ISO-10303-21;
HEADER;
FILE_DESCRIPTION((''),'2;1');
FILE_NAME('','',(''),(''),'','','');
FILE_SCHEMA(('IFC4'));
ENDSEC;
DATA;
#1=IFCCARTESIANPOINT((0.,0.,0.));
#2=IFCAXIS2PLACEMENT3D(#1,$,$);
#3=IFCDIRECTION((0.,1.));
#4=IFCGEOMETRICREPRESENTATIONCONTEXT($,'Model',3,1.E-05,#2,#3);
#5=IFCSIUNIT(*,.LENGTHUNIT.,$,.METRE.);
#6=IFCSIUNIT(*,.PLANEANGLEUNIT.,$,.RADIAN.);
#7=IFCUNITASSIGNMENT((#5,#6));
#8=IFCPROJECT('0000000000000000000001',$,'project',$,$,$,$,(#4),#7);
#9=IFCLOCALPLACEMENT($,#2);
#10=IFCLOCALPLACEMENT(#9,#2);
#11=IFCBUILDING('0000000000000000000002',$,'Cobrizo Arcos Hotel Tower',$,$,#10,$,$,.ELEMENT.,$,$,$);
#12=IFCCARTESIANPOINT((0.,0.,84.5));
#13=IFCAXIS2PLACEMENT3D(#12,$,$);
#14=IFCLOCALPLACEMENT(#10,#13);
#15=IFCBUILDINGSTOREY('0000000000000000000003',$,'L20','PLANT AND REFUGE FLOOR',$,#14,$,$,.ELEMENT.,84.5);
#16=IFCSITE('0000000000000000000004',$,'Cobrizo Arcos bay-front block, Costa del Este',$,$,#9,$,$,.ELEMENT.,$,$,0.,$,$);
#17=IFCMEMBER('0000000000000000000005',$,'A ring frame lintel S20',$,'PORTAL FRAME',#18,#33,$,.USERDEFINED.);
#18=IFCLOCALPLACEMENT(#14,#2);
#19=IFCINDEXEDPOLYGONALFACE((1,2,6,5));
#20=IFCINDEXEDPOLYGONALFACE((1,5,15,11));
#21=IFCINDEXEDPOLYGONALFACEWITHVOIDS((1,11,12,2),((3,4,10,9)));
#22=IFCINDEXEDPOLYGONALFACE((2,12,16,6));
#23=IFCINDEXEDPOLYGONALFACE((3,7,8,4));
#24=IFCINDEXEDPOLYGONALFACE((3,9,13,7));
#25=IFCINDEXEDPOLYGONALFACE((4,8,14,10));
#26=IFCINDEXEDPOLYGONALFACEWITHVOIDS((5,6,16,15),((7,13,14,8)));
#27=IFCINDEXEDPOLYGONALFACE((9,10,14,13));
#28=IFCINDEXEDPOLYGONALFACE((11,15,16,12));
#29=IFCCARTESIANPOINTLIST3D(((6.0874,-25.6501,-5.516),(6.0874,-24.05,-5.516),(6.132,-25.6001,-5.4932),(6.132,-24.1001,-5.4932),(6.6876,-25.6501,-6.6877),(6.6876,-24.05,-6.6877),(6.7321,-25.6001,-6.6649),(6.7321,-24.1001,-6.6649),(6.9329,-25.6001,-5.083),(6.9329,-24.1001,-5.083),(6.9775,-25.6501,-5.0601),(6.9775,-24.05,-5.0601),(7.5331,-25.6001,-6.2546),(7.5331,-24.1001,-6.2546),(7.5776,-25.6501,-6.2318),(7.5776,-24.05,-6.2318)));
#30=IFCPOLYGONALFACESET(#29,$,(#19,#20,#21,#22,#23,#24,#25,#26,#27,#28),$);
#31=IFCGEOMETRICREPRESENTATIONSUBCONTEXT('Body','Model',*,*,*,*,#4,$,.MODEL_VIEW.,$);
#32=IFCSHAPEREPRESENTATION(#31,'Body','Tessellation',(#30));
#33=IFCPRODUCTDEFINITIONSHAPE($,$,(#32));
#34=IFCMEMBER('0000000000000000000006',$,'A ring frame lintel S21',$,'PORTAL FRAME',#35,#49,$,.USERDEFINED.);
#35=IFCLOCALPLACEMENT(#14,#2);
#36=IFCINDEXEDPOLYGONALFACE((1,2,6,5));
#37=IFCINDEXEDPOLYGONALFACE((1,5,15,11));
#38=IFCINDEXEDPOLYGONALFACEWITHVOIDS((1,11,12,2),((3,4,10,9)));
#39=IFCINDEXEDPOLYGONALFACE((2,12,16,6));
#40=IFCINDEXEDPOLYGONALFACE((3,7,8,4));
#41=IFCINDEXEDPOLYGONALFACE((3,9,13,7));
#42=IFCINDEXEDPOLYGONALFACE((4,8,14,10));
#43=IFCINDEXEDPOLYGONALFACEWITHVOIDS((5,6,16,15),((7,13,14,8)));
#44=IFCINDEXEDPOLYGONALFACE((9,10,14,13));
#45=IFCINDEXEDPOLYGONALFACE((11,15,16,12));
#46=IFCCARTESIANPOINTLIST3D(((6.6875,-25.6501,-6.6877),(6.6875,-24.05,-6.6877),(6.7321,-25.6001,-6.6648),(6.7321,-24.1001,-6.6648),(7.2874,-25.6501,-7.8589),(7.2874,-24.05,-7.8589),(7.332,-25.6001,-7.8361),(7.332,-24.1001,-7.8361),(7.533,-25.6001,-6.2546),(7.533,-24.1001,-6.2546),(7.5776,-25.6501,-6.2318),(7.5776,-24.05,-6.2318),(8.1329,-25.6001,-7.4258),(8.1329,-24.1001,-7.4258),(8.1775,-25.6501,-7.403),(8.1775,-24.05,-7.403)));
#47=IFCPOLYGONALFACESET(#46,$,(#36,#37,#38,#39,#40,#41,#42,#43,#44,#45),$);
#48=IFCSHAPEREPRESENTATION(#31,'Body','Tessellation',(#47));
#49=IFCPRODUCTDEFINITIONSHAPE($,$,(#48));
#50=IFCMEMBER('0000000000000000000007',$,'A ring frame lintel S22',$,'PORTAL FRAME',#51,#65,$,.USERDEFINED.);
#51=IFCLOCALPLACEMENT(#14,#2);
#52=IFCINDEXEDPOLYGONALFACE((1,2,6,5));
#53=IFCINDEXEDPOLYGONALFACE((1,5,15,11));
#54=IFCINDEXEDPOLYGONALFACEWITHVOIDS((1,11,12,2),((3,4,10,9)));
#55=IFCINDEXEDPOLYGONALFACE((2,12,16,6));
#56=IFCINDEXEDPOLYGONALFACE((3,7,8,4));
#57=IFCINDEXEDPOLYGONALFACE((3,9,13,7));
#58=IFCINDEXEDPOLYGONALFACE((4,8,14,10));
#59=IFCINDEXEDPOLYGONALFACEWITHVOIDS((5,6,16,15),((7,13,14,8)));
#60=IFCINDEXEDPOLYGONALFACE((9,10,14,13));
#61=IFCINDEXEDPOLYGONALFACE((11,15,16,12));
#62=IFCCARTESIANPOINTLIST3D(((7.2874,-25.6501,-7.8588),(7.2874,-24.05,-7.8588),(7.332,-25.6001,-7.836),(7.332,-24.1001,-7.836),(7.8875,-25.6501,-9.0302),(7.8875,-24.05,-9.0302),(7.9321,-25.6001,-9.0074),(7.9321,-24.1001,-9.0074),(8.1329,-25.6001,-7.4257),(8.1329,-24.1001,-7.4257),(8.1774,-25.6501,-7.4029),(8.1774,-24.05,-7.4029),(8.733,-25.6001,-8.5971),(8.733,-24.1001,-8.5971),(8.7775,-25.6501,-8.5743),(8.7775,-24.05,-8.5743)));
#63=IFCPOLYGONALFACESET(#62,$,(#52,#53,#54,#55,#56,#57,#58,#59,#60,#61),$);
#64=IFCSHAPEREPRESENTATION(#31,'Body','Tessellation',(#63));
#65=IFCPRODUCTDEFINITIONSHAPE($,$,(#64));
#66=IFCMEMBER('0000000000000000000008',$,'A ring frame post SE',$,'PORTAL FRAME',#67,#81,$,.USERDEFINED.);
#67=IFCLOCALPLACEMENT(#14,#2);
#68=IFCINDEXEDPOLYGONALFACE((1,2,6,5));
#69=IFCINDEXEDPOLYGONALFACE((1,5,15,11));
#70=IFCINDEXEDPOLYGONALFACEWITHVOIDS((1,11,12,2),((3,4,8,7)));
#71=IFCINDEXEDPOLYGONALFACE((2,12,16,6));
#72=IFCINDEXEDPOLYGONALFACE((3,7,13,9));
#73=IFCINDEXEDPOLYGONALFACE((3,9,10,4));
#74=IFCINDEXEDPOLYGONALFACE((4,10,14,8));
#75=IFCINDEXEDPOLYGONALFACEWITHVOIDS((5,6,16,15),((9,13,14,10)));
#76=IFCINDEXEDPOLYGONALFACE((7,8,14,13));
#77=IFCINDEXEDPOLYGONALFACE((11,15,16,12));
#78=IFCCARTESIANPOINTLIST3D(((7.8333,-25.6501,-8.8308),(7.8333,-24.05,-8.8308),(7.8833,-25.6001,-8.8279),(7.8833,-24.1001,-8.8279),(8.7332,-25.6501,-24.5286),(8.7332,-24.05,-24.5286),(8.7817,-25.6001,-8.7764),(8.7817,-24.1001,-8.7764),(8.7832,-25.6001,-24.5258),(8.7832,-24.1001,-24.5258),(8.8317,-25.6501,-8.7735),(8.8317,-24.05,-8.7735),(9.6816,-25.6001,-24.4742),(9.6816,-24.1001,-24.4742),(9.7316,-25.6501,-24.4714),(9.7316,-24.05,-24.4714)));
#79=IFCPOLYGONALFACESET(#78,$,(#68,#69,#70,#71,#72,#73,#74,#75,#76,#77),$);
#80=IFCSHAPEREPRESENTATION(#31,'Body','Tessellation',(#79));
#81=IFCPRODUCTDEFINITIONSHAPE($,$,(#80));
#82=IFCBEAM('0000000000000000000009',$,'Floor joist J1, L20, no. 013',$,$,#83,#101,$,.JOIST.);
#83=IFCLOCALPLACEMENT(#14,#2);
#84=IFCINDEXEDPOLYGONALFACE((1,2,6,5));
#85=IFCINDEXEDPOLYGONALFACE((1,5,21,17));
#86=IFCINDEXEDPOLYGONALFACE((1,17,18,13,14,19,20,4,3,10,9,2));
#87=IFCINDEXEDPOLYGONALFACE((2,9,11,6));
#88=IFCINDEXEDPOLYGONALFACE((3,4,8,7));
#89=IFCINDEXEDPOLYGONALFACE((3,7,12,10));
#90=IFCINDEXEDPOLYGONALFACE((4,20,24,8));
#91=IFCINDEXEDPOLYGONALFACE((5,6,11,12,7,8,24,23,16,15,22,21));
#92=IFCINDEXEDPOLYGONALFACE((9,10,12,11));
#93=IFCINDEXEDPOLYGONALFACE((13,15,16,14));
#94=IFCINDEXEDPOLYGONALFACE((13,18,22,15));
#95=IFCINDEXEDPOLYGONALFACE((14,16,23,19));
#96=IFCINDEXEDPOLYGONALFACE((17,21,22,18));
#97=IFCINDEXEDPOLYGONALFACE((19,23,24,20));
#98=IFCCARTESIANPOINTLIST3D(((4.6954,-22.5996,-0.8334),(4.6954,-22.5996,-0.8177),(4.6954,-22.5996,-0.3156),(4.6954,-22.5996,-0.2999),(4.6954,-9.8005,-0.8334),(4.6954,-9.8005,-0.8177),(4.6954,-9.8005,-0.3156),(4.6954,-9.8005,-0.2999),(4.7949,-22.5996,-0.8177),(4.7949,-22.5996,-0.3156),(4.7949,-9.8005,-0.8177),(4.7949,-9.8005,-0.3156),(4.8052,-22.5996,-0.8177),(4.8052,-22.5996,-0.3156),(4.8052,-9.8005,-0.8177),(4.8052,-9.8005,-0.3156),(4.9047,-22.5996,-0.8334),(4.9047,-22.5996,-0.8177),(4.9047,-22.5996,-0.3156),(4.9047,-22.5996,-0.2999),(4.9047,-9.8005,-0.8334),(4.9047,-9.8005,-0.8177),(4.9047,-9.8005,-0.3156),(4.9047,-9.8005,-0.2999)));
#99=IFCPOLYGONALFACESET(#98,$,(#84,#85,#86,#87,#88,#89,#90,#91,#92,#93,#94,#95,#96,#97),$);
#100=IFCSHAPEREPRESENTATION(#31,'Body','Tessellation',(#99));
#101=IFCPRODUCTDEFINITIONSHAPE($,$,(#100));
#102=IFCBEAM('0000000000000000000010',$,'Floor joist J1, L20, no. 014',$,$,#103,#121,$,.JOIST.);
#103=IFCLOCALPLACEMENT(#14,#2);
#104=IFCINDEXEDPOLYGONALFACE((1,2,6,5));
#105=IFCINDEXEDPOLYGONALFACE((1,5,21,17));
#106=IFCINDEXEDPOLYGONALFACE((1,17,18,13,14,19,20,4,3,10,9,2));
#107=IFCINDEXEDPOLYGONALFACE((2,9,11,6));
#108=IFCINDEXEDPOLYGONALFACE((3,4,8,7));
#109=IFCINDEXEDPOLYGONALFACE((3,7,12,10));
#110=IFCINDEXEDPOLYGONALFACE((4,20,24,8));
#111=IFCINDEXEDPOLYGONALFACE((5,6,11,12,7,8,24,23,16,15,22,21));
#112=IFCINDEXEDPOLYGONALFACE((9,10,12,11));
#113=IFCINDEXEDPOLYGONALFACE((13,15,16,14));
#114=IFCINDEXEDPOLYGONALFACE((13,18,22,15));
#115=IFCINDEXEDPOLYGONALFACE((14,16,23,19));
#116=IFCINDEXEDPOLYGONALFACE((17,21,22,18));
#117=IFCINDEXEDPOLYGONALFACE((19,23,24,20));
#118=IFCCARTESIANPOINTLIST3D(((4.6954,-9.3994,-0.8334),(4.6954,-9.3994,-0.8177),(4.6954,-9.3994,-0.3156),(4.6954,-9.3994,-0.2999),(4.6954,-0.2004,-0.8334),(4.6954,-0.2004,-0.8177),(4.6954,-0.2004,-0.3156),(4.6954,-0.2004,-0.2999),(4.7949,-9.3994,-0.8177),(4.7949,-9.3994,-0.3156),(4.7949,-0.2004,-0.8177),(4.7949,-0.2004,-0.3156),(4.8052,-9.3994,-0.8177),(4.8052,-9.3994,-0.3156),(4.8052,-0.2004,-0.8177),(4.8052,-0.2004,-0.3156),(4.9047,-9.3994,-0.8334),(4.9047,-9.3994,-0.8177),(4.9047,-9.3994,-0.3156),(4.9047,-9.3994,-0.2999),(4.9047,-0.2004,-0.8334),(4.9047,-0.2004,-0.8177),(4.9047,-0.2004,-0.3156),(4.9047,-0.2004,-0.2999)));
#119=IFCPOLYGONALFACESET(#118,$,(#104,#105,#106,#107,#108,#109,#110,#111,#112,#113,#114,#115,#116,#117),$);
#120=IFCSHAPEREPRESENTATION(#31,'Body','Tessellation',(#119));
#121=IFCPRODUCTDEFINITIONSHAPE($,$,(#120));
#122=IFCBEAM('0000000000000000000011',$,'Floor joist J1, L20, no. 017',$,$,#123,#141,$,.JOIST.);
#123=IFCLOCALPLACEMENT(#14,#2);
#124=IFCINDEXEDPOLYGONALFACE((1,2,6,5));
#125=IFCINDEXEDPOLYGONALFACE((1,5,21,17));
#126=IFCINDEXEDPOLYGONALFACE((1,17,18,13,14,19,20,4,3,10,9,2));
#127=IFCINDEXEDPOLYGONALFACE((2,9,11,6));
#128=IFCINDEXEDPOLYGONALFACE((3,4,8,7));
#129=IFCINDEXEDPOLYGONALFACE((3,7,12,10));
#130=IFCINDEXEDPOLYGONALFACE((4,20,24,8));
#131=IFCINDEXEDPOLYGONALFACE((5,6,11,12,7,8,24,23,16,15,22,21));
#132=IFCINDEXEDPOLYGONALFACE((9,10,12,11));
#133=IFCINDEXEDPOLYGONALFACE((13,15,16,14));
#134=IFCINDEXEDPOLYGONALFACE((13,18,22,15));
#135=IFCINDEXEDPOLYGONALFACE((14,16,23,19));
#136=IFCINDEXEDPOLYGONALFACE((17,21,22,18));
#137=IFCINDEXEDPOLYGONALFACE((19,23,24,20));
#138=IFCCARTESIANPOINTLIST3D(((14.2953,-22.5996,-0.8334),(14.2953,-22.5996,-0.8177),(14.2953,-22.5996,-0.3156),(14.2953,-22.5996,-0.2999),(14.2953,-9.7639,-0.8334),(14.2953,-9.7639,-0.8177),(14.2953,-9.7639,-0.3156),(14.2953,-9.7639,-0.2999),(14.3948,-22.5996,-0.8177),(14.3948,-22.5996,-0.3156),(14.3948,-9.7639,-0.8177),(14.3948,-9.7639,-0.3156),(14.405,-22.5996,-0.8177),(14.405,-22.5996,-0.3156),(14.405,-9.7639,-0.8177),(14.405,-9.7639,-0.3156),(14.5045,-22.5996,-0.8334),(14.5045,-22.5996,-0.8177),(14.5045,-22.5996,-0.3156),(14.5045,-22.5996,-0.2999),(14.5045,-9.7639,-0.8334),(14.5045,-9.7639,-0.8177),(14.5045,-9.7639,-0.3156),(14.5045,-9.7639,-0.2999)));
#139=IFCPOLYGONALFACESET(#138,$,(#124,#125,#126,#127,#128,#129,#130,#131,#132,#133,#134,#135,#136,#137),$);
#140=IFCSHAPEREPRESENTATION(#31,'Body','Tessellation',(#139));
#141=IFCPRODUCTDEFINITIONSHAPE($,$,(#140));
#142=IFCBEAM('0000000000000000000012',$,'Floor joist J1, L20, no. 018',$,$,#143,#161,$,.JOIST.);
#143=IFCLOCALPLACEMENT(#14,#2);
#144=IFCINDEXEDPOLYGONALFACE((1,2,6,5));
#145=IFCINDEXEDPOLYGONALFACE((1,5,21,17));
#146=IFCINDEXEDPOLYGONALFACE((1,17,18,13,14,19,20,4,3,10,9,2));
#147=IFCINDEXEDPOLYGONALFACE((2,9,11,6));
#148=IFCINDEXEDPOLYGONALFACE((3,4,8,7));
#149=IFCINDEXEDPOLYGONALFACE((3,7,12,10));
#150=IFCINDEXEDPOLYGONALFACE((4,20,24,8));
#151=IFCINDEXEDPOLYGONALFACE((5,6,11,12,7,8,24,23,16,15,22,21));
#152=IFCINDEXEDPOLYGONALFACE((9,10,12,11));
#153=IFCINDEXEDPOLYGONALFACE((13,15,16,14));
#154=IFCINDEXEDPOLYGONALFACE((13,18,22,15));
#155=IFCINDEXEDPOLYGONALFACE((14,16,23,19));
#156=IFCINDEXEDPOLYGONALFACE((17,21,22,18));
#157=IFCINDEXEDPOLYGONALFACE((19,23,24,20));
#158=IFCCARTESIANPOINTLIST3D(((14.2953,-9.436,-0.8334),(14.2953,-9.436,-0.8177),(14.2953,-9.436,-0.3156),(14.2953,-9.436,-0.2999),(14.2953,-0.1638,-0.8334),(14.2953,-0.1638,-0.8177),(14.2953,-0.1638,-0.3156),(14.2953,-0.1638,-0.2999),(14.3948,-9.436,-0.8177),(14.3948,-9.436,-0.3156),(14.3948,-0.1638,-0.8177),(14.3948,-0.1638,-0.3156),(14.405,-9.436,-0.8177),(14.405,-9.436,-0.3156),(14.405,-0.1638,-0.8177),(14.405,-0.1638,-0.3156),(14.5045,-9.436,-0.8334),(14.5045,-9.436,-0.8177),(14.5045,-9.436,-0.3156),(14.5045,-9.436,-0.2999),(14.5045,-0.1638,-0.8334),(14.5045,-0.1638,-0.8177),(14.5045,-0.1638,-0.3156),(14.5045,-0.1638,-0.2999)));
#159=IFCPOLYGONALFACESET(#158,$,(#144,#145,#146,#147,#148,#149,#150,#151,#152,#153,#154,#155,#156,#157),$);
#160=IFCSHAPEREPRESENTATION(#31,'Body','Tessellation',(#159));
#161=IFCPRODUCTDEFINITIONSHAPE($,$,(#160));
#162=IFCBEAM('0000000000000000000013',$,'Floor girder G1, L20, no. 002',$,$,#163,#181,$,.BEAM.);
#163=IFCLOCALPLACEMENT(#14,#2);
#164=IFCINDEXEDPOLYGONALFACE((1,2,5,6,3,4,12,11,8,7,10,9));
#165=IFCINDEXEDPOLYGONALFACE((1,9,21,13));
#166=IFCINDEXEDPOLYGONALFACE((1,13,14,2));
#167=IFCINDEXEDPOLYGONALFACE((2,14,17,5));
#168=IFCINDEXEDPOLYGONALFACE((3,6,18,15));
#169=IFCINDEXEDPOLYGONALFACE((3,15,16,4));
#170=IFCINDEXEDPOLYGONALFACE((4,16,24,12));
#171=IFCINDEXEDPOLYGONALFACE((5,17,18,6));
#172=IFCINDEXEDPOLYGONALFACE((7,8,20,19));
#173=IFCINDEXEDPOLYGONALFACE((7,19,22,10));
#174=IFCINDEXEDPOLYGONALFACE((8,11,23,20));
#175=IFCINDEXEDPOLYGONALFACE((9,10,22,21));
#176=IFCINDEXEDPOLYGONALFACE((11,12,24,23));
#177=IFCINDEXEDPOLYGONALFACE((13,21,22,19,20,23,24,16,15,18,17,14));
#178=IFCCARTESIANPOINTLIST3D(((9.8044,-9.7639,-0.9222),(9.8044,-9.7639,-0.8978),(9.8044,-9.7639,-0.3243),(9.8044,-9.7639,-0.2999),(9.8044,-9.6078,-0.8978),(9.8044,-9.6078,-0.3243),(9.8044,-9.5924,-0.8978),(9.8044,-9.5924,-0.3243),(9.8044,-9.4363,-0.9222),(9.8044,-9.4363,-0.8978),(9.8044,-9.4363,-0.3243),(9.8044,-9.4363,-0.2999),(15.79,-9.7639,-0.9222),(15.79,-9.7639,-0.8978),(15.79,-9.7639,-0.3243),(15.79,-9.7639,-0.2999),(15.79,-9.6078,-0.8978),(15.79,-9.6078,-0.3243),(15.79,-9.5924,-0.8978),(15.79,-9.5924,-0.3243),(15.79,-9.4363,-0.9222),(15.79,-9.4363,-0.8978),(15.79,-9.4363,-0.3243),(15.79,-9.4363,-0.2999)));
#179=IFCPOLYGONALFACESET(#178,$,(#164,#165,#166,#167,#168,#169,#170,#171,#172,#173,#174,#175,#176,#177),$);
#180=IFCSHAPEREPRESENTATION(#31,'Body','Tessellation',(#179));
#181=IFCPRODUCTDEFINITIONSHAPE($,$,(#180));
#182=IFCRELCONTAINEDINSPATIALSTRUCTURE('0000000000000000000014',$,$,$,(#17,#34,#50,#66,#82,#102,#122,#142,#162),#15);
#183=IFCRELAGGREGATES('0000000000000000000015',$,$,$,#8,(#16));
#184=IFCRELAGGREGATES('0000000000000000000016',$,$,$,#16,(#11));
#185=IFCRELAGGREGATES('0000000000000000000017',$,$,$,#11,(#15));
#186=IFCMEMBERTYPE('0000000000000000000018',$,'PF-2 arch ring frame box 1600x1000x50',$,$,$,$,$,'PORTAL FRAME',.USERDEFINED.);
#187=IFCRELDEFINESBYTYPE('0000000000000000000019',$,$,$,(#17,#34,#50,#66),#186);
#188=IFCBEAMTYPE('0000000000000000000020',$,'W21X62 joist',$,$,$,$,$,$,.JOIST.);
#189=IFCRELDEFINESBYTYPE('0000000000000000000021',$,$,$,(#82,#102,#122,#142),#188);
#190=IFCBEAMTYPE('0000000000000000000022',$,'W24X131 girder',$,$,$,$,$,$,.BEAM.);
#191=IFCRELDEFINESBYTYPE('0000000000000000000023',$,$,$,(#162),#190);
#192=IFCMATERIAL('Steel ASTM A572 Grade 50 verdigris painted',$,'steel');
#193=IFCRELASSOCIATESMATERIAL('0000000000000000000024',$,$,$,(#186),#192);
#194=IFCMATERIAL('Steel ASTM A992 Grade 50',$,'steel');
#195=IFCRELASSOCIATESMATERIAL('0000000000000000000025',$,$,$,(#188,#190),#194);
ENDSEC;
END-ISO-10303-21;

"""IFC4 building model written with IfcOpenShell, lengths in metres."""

from ifc_helpers import new_model, si_unit, direction, frame, origin, origin_2d, place, context, subcontext, project, spatial, hollow_rectangle, i_section, extrude, material, material_profile, profile_set, type_object, element, save


model = new_model("IFC4")

# Units and contexts
model_context = context("Model", 3, precision=1e-05, world=origin(), true_north=direction((0.0, 1.0)))
body_context = subcontext(model_context, "Body", "Model", "MODEL_VIEW")
ifc_project = project(units=[si_unit("LENGTHUNIT", "METRE"), si_unit("PLANEANGLEUNIT", "RADIAN")], contexts=[model_context])

# Site, building, storey
site_placement = place(None, origin())
site = spatial("IfcSite", under=ifc_project, at=site_placement, Name="Cobrizo Arcos bay-front block, Costa del Este", CompositionType="ELEMENT", RefElevation=0.0)
building_placement = place(site_placement, origin())
building = spatial("IfcBuilding", under=site, at=building_placement, Name="Cobrizo Arcos Hotel Tower", CompositionType="ELEMENT")
storey_placement = place(building_placement, frame((0.0, 0.0, 84.5)))
storey = spatial("IfcBuildingStorey", under=building, at=storey_placement, Name="L20", Description="PLANT AND REFUGE FLOOR", CompositionType="ELEMENT", Elevation=84.5)

# Members
ifc_material_1 = material(Name="Steel ASTM A572 Grade 50 verdigris painted", Category="steel")
ifc_material_profile_1 = material_profile(ifc_material_1, hollow_rectangle(XDim=1.6001, YDim=1.0, WallThickness=0.05, at=origin_2d()), Name="PF-2 arch ring frame box 1600x1000x50")
ifc_profile_set_1 = profile_set([ifc_material_profile_1], Name="Steel ASTM A572 Grade 50 verdigris painted")
member_type_1 = type_object("IfcMemberType", Name="PF-2 arch ring frame box 1600x1000x50", ElementType="PORTAL FRAME", PredefinedType="USERDEFINED", material=ifc_profile_set_1)
member_1_placement = place(storey_placement, frame((6.5325, -24.8501, -5.2881), z_axis=(0.455872, 0.0, -0.890045), x_axis=(0.0, 1.0, 0.0)))
element("IfcMember", 1, at=member_1_placement, inside=storey, type_object=member_type_1, Name="A ring frame lintel S20", ObjectType="PORTAL FRAME", PredefinedType="USERDEFINED", context=body_context, shape_type="SweptSolid", body=[
    extrude(hollow_rectangle(XDim=1.6001, YDim=1.0, WallThickness=0.05, at=origin_2d()), origin(), (0.0, 0.0, 1.0), 1.3164),
])
member_2_placement = place(storey_placement, frame((7.1326, -24.8501, -6.4597), z_axis=(0.455876, 0.0, -0.890043), x_axis=(0.0, 1.0, 0.0)))
element("IfcMember", 2, at=member_2_placement, inside=storey, type_object=member_type_1, Name="A ring frame lintel S21", ObjectType="PORTAL FRAME", PredefinedType="USERDEFINED", context=body_context, shape_type="SweptSolid", body=[
    extrude(hollow_rectangle(XDim=1.6001, YDim=1.0, WallThickness=0.05, at=origin_2d()), origin(), (0.0, 0.0, 1.0), 1.3159),
])
member_3_placement = place(storey_placement, frame((7.7324, -24.8501, -7.6309), z_axis=(0.455948, 0.0, -0.890007), x_axis=(0.0, 1.0, 0.0)))
element("IfcMember", 3, at=member_3_placement, inside=storey, type_object=member_type_1, Name="A ring frame lintel S22", ObjectType="PORTAL FRAME", PredefinedType="USERDEFINED", context=body_context, shape_type="SweptSolid", body=[
    extrude(hollow_rectangle(XDim=1.6001, YDim=1.0, WallThickness=0.05, at=origin_2d()), origin(), (0.0, 0.0, 1.0), 1.3162),
])
member_4_placement = place(storey_placement, frame((9.2324, -24.8501, -24.5), z_axis=(-0.057233, 0.0, 0.998361), x_axis=(0.0, -1.0, 0.0)))
element("IfcMember", 4, at=member_4_placement, inside=storey, type_object=member_type_1, Name="A ring frame post SE", ObjectType="PORTAL FRAME", PredefinedType="USERDEFINED", context=body_context, shape_type="SweptSolid", body=[
    extrude(hollow_rectangle(XDim=1.6001, YDim=1.0, WallThickness=0.05, at=origin_2d()), origin(), (0.0, 0.0, 1.0), 15.7236),
])

# Beams
ifc_material_2 = material(Name="Steel ASTM A992 Grade 50", Category="steel")
ifc_material_profile_2 = material_profile(ifc_material_2, i_section(OverallWidth=0.2092, OverallDepth=0.5334, WebThickness=0.0103, FlangeThickness=0.0156, at=origin_2d()), Name="W21X62")
ifc_profile_set_2 = profile_set([ifc_material_profile_2], Name="Steel ASTM A992 Grade 50")
beam_type_1 = type_object("IfcBeamType", Name="W21X62 joist", PredefinedType="JOIST", material=ifc_profile_set_2)
beam_1_placement = place(storey_placement, frame((4.8, -22.5996, -0.5667), z_axis=(0.0, 1.0, 0.0), x_axis=(-1.0, 0.0, 0.0)))
element("IfcBeam", 5, at=beam_1_placement, inside=storey, type_object=beam_type_1, Name="Floor joist J1, L20, no. 013", PredefinedType="JOIST", context=body_context, shape_type="SweptSolid", body=[
    extrude(i_section(OverallWidth=0.2092, OverallDepth=0.5334, WebThickness=0.0103, FlangeThickness=0.0156, at=origin_2d()), origin(), (0.0, 0.0, 1.0), 12.7991),
])
beam_2_placement = place(storey_placement, frame((4.8, -9.3994, -0.5667), z_axis=(0.0, 1.0, 0.0), x_axis=(-1.0, 0.0, 0.0)))
element("IfcBeam", 6, at=beam_2_placement, inside=storey, type_object=beam_type_1, Name="Floor joist J1, L20, no. 014", PredefinedType="JOIST", context=body_context, shape_type="SweptSolid", body=[
    extrude(i_section(OverallWidth=0.2092, OverallDepth=0.5334, WebThickness=0.0103, FlangeThickness=0.0156, at=origin_2d()), origin(), (0.0, 0.0, 1.0), 9.199),
])
beam_3_placement = place(storey_placement, frame((14.3999, -22.5996, -0.5667), z_axis=(0.0, 1.0, 0.0), x_axis=(-1.0, 0.0, 0.0)))
element("IfcBeam", 7, at=beam_3_placement, inside=storey, type_object=beam_type_1, Name="Floor joist J1, L20, no. 017", PredefinedType="JOIST", context=body_context, shape_type="SweptSolid", body=[
    extrude(i_section(OverallWidth=0.2092, OverallDepth=0.5334, WebThickness=0.0103, FlangeThickness=0.0156, at=origin_2d()), origin(), (0.0, 0.0, 1.0), 12.8357),
])
beam_4_placement = place(storey_placement, frame((14.3999, -9.436, -0.5667), z_axis=(0.0, 1.0, 0.0), x_axis=(-1.0, 0.0, 0.0)))
element("IfcBeam", 8, at=beam_4_placement, inside=storey, type_object=beam_type_1, Name="Floor joist J1, L20, no. 018", PredefinedType="JOIST", context=body_context, shape_type="SweptSolid", body=[
    extrude(i_section(OverallWidth=0.2092, OverallDepth=0.5334, WebThickness=0.0103, FlangeThickness=0.0156, at=origin_2d()), origin(), (0.0, 0.0, 1.0), 9.2722),
])
ifc_material_profile_3 = material_profile(ifc_material_2, i_section(OverallWidth=0.3276, OverallDepth=0.6223, WebThickness=0.0154, FlangeThickness=0.0244, at=origin_2d()), Name="W24X131")
ifc_profile_set_3 = profile_set([ifc_material_profile_3], Name="Steel ASTM A992 Grade 50")
beam_type_2 = type_object("IfcBeamType", Name="W24X131 girder", PredefinedType="BEAM", material=ifc_profile_set_3)
beam_5_placement = place(storey_placement, frame((9.8044, -9.6001, -0.6111), z_axis=(1.0, 0.0, 0.0), x_axis=(0.0, 1.0, 0.0)))
element("IfcBeam", 9, at=beam_5_placement, inside=storey, type_object=beam_type_2, Name="Floor girder G1, L20, no. 002", PredefinedType="BEAM", context=body_context, shape_type="SweptSolid", body=[
    extrude(i_section(OverallWidth=0.3276, OverallDepth=0.6223, WebThickness=0.0154, FlangeThickness=0.0244, at=origin_2d()), origin(), (0.0, 0.0, 1.0), 5.9856),
])

save(model, "model.ifc")
